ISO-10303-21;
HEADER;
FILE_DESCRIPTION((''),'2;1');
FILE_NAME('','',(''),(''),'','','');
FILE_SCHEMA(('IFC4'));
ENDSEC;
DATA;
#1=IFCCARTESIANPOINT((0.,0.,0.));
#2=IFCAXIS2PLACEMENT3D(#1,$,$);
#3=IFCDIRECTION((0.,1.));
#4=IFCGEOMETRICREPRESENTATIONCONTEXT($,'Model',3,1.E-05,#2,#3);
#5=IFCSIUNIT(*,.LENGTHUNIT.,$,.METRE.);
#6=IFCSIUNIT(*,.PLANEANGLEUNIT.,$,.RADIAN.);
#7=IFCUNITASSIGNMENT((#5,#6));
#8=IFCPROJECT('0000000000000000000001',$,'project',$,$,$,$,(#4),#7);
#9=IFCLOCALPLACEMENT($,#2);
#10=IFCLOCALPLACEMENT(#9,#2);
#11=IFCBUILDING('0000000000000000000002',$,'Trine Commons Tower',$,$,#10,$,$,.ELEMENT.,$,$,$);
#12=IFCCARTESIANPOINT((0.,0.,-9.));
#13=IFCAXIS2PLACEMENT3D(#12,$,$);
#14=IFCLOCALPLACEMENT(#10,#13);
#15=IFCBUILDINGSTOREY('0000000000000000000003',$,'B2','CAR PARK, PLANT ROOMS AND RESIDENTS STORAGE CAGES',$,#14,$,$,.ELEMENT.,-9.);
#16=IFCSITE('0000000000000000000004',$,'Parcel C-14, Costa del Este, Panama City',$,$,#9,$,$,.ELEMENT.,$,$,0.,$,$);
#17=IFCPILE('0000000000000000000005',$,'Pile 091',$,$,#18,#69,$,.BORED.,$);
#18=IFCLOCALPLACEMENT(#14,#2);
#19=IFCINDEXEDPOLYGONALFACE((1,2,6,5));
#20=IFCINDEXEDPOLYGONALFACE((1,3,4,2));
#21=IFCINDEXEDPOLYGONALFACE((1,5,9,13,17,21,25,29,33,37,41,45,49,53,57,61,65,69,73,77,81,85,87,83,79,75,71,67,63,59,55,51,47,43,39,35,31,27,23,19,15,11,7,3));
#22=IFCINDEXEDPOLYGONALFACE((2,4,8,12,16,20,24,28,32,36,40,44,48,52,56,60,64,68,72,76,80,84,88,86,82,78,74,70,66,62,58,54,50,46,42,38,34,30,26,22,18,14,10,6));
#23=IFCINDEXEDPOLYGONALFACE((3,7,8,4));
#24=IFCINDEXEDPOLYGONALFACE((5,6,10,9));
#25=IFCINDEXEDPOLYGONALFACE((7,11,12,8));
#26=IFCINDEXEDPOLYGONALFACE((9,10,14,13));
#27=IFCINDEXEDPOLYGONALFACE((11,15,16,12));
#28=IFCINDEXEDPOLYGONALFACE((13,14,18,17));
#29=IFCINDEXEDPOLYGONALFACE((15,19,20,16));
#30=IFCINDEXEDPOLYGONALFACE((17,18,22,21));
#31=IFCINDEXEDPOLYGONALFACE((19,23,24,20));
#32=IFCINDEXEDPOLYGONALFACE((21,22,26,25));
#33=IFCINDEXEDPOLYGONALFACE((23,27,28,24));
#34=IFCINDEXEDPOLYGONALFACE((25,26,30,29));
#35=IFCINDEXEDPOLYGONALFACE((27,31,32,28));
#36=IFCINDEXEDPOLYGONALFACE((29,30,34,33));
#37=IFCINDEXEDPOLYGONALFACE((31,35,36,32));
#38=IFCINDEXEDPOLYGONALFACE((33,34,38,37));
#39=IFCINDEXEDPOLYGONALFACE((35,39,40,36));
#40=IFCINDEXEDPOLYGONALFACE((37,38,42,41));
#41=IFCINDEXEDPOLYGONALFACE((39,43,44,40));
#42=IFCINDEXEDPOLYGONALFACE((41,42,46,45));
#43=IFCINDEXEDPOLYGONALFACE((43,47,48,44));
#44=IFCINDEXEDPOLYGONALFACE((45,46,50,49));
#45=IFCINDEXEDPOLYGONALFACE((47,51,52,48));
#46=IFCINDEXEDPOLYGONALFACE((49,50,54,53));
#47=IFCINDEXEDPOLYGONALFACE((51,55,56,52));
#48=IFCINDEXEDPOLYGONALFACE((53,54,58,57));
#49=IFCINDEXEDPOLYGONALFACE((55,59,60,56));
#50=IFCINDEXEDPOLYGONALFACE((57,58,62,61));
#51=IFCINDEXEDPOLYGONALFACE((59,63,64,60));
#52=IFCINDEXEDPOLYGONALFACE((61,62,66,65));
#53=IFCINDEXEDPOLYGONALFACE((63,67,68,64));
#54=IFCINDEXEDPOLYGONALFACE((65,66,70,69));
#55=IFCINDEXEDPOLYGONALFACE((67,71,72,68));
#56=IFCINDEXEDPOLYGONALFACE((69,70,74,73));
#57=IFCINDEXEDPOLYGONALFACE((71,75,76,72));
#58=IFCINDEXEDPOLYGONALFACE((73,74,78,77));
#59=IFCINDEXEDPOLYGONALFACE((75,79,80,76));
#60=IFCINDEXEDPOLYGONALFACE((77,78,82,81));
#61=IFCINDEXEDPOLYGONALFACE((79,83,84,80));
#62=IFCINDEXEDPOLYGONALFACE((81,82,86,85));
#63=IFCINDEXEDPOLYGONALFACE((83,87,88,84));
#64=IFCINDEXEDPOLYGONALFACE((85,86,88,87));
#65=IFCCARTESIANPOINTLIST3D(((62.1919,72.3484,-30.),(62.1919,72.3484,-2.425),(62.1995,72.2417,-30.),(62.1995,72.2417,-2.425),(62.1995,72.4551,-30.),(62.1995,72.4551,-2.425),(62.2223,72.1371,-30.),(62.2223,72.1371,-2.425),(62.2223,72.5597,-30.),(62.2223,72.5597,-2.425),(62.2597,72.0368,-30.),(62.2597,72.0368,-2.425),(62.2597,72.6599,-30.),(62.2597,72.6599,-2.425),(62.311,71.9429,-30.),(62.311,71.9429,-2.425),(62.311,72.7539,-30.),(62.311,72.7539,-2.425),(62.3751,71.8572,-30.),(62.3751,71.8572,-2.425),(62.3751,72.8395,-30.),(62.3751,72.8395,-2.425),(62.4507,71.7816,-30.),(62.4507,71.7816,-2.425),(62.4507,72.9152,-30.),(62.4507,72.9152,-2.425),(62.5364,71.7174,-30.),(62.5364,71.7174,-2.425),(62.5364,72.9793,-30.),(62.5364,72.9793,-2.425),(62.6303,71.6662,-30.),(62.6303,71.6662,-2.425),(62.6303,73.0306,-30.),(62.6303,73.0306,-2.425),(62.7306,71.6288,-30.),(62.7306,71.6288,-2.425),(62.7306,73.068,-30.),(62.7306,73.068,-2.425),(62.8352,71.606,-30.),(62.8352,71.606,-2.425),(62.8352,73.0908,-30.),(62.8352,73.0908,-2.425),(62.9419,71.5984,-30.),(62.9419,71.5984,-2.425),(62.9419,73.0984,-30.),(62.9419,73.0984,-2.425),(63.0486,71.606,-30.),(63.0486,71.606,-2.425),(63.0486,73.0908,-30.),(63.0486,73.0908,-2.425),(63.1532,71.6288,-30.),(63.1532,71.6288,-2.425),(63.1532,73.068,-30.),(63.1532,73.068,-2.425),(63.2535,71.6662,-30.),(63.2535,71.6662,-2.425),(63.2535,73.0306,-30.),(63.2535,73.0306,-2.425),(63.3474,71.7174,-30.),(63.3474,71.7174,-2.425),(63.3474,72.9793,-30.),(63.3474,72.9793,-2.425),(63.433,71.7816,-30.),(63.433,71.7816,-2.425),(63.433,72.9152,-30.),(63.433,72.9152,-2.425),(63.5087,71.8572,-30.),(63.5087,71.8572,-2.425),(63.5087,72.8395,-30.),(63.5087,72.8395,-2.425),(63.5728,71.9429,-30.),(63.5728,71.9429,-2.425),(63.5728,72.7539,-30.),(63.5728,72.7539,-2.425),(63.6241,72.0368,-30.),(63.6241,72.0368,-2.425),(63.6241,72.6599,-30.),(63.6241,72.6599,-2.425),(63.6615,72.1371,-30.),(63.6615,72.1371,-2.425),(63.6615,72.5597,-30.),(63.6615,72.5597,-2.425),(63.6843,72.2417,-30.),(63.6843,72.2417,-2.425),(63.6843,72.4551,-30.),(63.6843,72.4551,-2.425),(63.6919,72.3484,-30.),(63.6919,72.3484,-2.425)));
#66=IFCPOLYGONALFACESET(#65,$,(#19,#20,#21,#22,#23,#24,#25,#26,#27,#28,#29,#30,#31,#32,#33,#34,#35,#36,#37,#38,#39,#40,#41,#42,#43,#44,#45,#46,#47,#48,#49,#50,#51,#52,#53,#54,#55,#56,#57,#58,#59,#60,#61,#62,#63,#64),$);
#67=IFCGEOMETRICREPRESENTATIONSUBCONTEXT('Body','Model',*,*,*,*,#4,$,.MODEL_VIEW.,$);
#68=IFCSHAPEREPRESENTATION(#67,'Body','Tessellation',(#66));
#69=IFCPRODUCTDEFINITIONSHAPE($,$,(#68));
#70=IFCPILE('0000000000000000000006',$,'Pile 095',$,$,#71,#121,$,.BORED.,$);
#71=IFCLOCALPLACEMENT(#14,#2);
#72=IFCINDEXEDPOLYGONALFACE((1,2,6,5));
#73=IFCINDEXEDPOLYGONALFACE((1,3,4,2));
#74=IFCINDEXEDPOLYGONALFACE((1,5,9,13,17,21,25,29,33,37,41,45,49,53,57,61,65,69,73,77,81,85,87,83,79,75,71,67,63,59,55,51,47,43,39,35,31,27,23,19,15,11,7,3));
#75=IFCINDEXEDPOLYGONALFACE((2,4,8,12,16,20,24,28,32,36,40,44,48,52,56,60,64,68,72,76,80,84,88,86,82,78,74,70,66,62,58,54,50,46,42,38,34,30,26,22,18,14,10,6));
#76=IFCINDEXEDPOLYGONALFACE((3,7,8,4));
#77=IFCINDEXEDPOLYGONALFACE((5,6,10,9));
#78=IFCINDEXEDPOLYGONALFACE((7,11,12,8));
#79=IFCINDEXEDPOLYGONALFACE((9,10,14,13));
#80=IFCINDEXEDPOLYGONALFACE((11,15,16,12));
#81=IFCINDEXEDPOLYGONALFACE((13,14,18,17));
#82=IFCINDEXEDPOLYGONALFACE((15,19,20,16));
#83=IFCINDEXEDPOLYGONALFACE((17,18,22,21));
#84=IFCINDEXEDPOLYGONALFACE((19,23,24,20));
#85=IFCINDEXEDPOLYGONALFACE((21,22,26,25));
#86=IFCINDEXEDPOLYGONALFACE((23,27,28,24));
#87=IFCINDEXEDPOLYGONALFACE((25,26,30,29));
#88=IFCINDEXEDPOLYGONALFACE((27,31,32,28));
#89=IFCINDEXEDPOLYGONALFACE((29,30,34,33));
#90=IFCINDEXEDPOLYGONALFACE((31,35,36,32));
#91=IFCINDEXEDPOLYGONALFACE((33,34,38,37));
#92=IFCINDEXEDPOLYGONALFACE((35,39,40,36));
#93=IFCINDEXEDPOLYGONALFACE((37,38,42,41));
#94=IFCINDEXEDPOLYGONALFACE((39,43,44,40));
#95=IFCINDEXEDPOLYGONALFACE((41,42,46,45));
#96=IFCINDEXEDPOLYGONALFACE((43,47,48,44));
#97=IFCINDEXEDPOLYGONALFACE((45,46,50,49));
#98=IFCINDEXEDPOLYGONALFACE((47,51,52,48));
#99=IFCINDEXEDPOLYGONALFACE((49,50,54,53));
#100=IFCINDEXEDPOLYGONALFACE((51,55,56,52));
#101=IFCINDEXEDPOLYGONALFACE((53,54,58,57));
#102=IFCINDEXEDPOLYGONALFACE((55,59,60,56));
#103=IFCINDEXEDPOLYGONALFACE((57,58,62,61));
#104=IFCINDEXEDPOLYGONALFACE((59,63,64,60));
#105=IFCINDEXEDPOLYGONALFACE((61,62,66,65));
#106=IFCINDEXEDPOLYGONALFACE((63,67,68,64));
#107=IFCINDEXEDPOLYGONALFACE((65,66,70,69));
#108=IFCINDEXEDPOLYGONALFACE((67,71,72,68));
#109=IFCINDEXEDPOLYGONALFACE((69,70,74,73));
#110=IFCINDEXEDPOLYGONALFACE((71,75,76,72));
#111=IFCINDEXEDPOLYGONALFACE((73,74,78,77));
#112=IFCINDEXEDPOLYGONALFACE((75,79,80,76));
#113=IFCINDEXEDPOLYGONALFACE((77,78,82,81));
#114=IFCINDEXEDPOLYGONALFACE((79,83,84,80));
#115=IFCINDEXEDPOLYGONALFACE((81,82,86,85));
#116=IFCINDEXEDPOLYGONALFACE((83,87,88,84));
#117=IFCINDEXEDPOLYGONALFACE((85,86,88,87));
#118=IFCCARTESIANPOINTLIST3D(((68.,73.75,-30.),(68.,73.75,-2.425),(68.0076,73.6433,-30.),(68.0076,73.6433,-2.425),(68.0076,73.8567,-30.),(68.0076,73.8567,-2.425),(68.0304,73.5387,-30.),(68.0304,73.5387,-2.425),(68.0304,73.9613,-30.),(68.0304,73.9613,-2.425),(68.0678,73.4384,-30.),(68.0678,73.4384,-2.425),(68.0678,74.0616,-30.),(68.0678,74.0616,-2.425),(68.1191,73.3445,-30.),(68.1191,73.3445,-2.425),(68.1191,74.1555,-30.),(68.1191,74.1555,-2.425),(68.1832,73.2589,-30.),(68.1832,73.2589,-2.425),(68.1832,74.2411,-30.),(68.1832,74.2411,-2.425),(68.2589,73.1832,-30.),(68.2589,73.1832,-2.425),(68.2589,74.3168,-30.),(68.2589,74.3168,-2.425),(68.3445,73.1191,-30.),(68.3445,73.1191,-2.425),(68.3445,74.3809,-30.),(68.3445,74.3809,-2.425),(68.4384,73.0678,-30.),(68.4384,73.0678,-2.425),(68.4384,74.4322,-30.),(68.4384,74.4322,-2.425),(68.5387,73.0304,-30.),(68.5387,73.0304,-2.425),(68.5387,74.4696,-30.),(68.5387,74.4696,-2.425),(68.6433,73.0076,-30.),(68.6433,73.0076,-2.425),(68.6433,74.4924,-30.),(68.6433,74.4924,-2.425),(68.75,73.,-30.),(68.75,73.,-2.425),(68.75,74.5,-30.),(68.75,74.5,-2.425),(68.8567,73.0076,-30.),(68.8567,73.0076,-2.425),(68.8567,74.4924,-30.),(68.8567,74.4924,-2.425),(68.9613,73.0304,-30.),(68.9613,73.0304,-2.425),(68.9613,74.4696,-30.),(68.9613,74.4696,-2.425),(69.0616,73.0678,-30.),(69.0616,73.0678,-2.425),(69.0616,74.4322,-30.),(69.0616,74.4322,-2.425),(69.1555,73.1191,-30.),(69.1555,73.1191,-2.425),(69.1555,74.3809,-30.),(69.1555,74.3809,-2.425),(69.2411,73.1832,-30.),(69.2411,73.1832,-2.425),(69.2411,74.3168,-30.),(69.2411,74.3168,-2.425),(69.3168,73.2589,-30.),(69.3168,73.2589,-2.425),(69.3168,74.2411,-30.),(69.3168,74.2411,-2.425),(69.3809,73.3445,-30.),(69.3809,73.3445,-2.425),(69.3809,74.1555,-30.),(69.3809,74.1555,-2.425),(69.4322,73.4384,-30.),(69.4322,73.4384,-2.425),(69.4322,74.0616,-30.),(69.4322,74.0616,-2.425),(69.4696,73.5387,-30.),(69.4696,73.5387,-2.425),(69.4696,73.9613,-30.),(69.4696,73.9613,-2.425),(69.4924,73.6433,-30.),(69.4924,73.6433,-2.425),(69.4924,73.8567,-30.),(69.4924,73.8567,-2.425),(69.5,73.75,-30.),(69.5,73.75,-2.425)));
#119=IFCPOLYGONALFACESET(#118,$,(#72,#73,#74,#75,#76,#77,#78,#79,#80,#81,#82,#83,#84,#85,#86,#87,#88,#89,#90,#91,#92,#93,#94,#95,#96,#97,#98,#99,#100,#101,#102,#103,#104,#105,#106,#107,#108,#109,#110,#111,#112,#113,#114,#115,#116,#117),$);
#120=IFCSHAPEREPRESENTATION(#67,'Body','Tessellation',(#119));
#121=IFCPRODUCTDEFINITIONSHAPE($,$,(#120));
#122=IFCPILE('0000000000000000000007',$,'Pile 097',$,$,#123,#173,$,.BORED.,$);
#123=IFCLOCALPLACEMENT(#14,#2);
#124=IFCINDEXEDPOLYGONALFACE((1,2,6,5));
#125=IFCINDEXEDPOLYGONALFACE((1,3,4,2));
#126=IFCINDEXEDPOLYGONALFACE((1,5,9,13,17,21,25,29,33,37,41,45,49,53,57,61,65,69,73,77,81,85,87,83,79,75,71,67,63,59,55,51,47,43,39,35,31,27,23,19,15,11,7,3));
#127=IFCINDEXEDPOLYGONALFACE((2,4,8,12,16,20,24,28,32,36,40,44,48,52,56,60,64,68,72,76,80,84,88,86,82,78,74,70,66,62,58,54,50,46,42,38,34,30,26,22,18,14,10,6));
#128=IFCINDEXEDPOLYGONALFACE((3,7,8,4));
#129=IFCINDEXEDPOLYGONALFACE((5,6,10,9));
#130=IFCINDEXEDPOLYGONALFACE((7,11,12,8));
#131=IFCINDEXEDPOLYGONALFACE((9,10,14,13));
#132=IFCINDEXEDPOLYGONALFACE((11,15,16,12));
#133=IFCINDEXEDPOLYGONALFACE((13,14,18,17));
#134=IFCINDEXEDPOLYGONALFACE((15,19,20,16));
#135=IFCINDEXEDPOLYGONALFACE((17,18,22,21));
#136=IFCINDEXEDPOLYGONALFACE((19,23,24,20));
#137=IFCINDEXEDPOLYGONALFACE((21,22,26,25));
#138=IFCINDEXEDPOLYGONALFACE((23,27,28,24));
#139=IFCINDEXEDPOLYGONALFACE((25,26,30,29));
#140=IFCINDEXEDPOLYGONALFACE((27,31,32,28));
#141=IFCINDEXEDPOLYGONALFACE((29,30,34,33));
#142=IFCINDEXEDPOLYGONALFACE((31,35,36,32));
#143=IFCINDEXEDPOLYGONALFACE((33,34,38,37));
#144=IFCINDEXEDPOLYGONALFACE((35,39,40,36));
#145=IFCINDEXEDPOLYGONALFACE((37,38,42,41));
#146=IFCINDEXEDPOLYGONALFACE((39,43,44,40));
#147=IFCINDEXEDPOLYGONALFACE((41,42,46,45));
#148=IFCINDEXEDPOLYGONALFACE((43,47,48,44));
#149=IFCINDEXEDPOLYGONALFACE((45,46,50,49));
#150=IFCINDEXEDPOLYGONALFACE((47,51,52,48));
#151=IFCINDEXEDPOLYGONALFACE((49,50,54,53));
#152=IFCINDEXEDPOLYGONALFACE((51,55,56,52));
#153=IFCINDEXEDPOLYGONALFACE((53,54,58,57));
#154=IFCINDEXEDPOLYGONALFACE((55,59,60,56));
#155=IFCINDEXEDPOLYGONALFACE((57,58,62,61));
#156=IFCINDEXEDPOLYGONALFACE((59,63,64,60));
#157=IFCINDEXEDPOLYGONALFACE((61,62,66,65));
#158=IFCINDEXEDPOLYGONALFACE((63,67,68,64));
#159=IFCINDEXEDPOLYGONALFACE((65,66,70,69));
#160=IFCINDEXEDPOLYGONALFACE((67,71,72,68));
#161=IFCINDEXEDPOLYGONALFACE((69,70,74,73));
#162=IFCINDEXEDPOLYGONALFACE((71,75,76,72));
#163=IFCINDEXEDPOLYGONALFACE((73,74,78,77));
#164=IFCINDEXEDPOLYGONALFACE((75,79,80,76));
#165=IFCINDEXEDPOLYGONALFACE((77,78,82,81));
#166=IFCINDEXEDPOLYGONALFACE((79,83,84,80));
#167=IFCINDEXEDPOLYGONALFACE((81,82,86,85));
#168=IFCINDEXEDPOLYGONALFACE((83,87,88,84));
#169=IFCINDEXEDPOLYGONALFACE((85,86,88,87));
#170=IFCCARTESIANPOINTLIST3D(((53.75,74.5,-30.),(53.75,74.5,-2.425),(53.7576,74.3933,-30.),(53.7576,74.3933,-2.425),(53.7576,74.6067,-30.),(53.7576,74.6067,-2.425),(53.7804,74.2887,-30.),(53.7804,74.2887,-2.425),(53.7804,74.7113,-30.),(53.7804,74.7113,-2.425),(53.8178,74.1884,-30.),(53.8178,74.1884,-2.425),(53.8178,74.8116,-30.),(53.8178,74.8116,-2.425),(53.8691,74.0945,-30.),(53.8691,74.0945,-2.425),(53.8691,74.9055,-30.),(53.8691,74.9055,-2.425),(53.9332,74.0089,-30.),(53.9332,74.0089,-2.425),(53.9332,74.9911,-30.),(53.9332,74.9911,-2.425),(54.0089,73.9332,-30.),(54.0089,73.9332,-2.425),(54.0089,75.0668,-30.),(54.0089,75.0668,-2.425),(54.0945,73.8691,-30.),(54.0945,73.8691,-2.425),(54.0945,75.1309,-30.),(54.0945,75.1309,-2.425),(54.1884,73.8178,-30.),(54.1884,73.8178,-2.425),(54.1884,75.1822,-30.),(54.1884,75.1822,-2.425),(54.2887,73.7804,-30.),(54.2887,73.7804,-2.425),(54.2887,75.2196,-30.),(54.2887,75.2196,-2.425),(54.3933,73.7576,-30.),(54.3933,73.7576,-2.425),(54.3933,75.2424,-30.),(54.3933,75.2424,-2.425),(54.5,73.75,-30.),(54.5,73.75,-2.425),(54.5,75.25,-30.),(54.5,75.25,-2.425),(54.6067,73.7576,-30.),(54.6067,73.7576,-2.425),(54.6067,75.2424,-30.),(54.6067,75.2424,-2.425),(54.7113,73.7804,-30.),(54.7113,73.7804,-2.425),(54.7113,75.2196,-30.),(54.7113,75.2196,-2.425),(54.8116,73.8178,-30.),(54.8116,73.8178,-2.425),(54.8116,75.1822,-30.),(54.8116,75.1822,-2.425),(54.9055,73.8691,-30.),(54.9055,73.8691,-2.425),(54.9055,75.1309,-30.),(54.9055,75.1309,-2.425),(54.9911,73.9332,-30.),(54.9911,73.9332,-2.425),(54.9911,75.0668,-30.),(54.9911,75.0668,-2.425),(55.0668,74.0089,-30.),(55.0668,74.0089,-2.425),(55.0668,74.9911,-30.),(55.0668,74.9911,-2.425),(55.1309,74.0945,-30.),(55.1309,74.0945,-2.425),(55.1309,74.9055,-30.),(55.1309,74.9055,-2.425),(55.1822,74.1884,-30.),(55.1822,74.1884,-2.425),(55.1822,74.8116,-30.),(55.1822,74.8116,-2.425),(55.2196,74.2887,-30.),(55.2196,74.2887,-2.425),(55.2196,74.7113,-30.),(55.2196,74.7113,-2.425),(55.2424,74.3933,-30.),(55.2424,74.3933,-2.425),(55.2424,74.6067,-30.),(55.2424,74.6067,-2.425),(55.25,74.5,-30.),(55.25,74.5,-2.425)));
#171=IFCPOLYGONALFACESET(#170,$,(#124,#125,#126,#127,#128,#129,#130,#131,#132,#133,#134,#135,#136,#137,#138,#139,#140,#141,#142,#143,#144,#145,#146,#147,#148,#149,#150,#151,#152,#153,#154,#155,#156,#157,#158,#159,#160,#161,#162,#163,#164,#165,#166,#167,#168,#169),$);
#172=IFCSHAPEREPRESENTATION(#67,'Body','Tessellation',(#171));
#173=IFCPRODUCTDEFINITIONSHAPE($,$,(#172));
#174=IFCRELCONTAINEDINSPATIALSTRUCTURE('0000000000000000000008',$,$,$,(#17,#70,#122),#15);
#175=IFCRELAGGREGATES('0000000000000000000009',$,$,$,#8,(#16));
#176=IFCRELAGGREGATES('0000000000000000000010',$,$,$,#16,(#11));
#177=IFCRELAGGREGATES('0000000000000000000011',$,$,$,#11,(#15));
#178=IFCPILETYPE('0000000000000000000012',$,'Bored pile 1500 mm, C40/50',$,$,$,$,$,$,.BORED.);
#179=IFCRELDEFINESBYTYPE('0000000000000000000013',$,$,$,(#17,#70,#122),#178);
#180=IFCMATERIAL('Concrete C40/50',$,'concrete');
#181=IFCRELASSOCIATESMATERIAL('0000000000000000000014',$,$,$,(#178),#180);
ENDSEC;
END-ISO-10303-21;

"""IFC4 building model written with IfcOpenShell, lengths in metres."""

from ifc_helpers import new_model, si_unit, direction, frame, origin, origin_2d, place, context, subcontext, project, spatial, circle, extrude, material, type_object, element, save


model = new_model("IFC4")

# Units and contexts
model_context = context("Model", 3, precision=1e-05, world=origin(), true_north=direction((0.0, 1.0)))
body_context = subcontext(model_context, "Body", "Model", "MODEL_VIEW")
ifc_project = project(units=[si_unit("LENGTHUNIT", "METRE"), si_unit("PLANEANGLEUNIT", "RADIAN")], contexts=[model_context])

# Site, building, storey
site_placement = place(None, origin())
site = spatial("IfcSite", under=ifc_project, at=site_placement, Name="Parcel C-14, Costa del Este, Panama City", CompositionType="ELEMENT", RefElevation=0.0)
building_placement = place(site_placement, origin())
building = spatial("IfcBuilding", under=site, at=building_placement, Name="Trine Commons Tower", CompositionType="ELEMENT")
storey_placement = place(building_placement, frame((0.0, 0.0, -9.0)))
storey = spatial("IfcBuildingStorey", under=building, at=storey_placement, Name="B2", Description="CAR PARK, PLANT ROOMS AND RESIDENTS STORAGE CAGES", CompositionType="ELEMENT", Elevation=-9.0)

# Piles
ifc_material_1 = material(Name="Concrete C40/50", Category="concrete")
pile_type = type_object("IfcPileType", Name="Bored pile 1500 mm, C40/50", PredefinedType="BORED", material=ifc_material_1)
for number, where, z_axis, x_axis, name in (
    (1, (62.9419, 72.3484, -2.425), (0.0, 0.0, -1.0), (1.0, 0.0, 0.0), "Pile 091"),
    (2, (68.75, 73.75, -2.425), (0.0, 0.0, -1.0), (1.0, 0.0, 0.0), "Pile 095"),
    (3, (54.5, 74.5, -2.425), (0.0, 0.0, -1.0), (1.0, 0.0, 0.0), "Pile 097"),
):
    element("IfcPile", number, at=place(storey_placement, frame(where, z_axis=z_axis, x_axis=x_axis)), inside=storey, type_object=pile_type, Name=name, PredefinedType="BORED", context=body_context, shape_type="SweptSolid", body=[
        extrude(circle(Radius=0.75, at=origin_2d()), origin(), (0.0, 0.0, 1.0), 27.575),
    ])

save(model, "model.ifc")
